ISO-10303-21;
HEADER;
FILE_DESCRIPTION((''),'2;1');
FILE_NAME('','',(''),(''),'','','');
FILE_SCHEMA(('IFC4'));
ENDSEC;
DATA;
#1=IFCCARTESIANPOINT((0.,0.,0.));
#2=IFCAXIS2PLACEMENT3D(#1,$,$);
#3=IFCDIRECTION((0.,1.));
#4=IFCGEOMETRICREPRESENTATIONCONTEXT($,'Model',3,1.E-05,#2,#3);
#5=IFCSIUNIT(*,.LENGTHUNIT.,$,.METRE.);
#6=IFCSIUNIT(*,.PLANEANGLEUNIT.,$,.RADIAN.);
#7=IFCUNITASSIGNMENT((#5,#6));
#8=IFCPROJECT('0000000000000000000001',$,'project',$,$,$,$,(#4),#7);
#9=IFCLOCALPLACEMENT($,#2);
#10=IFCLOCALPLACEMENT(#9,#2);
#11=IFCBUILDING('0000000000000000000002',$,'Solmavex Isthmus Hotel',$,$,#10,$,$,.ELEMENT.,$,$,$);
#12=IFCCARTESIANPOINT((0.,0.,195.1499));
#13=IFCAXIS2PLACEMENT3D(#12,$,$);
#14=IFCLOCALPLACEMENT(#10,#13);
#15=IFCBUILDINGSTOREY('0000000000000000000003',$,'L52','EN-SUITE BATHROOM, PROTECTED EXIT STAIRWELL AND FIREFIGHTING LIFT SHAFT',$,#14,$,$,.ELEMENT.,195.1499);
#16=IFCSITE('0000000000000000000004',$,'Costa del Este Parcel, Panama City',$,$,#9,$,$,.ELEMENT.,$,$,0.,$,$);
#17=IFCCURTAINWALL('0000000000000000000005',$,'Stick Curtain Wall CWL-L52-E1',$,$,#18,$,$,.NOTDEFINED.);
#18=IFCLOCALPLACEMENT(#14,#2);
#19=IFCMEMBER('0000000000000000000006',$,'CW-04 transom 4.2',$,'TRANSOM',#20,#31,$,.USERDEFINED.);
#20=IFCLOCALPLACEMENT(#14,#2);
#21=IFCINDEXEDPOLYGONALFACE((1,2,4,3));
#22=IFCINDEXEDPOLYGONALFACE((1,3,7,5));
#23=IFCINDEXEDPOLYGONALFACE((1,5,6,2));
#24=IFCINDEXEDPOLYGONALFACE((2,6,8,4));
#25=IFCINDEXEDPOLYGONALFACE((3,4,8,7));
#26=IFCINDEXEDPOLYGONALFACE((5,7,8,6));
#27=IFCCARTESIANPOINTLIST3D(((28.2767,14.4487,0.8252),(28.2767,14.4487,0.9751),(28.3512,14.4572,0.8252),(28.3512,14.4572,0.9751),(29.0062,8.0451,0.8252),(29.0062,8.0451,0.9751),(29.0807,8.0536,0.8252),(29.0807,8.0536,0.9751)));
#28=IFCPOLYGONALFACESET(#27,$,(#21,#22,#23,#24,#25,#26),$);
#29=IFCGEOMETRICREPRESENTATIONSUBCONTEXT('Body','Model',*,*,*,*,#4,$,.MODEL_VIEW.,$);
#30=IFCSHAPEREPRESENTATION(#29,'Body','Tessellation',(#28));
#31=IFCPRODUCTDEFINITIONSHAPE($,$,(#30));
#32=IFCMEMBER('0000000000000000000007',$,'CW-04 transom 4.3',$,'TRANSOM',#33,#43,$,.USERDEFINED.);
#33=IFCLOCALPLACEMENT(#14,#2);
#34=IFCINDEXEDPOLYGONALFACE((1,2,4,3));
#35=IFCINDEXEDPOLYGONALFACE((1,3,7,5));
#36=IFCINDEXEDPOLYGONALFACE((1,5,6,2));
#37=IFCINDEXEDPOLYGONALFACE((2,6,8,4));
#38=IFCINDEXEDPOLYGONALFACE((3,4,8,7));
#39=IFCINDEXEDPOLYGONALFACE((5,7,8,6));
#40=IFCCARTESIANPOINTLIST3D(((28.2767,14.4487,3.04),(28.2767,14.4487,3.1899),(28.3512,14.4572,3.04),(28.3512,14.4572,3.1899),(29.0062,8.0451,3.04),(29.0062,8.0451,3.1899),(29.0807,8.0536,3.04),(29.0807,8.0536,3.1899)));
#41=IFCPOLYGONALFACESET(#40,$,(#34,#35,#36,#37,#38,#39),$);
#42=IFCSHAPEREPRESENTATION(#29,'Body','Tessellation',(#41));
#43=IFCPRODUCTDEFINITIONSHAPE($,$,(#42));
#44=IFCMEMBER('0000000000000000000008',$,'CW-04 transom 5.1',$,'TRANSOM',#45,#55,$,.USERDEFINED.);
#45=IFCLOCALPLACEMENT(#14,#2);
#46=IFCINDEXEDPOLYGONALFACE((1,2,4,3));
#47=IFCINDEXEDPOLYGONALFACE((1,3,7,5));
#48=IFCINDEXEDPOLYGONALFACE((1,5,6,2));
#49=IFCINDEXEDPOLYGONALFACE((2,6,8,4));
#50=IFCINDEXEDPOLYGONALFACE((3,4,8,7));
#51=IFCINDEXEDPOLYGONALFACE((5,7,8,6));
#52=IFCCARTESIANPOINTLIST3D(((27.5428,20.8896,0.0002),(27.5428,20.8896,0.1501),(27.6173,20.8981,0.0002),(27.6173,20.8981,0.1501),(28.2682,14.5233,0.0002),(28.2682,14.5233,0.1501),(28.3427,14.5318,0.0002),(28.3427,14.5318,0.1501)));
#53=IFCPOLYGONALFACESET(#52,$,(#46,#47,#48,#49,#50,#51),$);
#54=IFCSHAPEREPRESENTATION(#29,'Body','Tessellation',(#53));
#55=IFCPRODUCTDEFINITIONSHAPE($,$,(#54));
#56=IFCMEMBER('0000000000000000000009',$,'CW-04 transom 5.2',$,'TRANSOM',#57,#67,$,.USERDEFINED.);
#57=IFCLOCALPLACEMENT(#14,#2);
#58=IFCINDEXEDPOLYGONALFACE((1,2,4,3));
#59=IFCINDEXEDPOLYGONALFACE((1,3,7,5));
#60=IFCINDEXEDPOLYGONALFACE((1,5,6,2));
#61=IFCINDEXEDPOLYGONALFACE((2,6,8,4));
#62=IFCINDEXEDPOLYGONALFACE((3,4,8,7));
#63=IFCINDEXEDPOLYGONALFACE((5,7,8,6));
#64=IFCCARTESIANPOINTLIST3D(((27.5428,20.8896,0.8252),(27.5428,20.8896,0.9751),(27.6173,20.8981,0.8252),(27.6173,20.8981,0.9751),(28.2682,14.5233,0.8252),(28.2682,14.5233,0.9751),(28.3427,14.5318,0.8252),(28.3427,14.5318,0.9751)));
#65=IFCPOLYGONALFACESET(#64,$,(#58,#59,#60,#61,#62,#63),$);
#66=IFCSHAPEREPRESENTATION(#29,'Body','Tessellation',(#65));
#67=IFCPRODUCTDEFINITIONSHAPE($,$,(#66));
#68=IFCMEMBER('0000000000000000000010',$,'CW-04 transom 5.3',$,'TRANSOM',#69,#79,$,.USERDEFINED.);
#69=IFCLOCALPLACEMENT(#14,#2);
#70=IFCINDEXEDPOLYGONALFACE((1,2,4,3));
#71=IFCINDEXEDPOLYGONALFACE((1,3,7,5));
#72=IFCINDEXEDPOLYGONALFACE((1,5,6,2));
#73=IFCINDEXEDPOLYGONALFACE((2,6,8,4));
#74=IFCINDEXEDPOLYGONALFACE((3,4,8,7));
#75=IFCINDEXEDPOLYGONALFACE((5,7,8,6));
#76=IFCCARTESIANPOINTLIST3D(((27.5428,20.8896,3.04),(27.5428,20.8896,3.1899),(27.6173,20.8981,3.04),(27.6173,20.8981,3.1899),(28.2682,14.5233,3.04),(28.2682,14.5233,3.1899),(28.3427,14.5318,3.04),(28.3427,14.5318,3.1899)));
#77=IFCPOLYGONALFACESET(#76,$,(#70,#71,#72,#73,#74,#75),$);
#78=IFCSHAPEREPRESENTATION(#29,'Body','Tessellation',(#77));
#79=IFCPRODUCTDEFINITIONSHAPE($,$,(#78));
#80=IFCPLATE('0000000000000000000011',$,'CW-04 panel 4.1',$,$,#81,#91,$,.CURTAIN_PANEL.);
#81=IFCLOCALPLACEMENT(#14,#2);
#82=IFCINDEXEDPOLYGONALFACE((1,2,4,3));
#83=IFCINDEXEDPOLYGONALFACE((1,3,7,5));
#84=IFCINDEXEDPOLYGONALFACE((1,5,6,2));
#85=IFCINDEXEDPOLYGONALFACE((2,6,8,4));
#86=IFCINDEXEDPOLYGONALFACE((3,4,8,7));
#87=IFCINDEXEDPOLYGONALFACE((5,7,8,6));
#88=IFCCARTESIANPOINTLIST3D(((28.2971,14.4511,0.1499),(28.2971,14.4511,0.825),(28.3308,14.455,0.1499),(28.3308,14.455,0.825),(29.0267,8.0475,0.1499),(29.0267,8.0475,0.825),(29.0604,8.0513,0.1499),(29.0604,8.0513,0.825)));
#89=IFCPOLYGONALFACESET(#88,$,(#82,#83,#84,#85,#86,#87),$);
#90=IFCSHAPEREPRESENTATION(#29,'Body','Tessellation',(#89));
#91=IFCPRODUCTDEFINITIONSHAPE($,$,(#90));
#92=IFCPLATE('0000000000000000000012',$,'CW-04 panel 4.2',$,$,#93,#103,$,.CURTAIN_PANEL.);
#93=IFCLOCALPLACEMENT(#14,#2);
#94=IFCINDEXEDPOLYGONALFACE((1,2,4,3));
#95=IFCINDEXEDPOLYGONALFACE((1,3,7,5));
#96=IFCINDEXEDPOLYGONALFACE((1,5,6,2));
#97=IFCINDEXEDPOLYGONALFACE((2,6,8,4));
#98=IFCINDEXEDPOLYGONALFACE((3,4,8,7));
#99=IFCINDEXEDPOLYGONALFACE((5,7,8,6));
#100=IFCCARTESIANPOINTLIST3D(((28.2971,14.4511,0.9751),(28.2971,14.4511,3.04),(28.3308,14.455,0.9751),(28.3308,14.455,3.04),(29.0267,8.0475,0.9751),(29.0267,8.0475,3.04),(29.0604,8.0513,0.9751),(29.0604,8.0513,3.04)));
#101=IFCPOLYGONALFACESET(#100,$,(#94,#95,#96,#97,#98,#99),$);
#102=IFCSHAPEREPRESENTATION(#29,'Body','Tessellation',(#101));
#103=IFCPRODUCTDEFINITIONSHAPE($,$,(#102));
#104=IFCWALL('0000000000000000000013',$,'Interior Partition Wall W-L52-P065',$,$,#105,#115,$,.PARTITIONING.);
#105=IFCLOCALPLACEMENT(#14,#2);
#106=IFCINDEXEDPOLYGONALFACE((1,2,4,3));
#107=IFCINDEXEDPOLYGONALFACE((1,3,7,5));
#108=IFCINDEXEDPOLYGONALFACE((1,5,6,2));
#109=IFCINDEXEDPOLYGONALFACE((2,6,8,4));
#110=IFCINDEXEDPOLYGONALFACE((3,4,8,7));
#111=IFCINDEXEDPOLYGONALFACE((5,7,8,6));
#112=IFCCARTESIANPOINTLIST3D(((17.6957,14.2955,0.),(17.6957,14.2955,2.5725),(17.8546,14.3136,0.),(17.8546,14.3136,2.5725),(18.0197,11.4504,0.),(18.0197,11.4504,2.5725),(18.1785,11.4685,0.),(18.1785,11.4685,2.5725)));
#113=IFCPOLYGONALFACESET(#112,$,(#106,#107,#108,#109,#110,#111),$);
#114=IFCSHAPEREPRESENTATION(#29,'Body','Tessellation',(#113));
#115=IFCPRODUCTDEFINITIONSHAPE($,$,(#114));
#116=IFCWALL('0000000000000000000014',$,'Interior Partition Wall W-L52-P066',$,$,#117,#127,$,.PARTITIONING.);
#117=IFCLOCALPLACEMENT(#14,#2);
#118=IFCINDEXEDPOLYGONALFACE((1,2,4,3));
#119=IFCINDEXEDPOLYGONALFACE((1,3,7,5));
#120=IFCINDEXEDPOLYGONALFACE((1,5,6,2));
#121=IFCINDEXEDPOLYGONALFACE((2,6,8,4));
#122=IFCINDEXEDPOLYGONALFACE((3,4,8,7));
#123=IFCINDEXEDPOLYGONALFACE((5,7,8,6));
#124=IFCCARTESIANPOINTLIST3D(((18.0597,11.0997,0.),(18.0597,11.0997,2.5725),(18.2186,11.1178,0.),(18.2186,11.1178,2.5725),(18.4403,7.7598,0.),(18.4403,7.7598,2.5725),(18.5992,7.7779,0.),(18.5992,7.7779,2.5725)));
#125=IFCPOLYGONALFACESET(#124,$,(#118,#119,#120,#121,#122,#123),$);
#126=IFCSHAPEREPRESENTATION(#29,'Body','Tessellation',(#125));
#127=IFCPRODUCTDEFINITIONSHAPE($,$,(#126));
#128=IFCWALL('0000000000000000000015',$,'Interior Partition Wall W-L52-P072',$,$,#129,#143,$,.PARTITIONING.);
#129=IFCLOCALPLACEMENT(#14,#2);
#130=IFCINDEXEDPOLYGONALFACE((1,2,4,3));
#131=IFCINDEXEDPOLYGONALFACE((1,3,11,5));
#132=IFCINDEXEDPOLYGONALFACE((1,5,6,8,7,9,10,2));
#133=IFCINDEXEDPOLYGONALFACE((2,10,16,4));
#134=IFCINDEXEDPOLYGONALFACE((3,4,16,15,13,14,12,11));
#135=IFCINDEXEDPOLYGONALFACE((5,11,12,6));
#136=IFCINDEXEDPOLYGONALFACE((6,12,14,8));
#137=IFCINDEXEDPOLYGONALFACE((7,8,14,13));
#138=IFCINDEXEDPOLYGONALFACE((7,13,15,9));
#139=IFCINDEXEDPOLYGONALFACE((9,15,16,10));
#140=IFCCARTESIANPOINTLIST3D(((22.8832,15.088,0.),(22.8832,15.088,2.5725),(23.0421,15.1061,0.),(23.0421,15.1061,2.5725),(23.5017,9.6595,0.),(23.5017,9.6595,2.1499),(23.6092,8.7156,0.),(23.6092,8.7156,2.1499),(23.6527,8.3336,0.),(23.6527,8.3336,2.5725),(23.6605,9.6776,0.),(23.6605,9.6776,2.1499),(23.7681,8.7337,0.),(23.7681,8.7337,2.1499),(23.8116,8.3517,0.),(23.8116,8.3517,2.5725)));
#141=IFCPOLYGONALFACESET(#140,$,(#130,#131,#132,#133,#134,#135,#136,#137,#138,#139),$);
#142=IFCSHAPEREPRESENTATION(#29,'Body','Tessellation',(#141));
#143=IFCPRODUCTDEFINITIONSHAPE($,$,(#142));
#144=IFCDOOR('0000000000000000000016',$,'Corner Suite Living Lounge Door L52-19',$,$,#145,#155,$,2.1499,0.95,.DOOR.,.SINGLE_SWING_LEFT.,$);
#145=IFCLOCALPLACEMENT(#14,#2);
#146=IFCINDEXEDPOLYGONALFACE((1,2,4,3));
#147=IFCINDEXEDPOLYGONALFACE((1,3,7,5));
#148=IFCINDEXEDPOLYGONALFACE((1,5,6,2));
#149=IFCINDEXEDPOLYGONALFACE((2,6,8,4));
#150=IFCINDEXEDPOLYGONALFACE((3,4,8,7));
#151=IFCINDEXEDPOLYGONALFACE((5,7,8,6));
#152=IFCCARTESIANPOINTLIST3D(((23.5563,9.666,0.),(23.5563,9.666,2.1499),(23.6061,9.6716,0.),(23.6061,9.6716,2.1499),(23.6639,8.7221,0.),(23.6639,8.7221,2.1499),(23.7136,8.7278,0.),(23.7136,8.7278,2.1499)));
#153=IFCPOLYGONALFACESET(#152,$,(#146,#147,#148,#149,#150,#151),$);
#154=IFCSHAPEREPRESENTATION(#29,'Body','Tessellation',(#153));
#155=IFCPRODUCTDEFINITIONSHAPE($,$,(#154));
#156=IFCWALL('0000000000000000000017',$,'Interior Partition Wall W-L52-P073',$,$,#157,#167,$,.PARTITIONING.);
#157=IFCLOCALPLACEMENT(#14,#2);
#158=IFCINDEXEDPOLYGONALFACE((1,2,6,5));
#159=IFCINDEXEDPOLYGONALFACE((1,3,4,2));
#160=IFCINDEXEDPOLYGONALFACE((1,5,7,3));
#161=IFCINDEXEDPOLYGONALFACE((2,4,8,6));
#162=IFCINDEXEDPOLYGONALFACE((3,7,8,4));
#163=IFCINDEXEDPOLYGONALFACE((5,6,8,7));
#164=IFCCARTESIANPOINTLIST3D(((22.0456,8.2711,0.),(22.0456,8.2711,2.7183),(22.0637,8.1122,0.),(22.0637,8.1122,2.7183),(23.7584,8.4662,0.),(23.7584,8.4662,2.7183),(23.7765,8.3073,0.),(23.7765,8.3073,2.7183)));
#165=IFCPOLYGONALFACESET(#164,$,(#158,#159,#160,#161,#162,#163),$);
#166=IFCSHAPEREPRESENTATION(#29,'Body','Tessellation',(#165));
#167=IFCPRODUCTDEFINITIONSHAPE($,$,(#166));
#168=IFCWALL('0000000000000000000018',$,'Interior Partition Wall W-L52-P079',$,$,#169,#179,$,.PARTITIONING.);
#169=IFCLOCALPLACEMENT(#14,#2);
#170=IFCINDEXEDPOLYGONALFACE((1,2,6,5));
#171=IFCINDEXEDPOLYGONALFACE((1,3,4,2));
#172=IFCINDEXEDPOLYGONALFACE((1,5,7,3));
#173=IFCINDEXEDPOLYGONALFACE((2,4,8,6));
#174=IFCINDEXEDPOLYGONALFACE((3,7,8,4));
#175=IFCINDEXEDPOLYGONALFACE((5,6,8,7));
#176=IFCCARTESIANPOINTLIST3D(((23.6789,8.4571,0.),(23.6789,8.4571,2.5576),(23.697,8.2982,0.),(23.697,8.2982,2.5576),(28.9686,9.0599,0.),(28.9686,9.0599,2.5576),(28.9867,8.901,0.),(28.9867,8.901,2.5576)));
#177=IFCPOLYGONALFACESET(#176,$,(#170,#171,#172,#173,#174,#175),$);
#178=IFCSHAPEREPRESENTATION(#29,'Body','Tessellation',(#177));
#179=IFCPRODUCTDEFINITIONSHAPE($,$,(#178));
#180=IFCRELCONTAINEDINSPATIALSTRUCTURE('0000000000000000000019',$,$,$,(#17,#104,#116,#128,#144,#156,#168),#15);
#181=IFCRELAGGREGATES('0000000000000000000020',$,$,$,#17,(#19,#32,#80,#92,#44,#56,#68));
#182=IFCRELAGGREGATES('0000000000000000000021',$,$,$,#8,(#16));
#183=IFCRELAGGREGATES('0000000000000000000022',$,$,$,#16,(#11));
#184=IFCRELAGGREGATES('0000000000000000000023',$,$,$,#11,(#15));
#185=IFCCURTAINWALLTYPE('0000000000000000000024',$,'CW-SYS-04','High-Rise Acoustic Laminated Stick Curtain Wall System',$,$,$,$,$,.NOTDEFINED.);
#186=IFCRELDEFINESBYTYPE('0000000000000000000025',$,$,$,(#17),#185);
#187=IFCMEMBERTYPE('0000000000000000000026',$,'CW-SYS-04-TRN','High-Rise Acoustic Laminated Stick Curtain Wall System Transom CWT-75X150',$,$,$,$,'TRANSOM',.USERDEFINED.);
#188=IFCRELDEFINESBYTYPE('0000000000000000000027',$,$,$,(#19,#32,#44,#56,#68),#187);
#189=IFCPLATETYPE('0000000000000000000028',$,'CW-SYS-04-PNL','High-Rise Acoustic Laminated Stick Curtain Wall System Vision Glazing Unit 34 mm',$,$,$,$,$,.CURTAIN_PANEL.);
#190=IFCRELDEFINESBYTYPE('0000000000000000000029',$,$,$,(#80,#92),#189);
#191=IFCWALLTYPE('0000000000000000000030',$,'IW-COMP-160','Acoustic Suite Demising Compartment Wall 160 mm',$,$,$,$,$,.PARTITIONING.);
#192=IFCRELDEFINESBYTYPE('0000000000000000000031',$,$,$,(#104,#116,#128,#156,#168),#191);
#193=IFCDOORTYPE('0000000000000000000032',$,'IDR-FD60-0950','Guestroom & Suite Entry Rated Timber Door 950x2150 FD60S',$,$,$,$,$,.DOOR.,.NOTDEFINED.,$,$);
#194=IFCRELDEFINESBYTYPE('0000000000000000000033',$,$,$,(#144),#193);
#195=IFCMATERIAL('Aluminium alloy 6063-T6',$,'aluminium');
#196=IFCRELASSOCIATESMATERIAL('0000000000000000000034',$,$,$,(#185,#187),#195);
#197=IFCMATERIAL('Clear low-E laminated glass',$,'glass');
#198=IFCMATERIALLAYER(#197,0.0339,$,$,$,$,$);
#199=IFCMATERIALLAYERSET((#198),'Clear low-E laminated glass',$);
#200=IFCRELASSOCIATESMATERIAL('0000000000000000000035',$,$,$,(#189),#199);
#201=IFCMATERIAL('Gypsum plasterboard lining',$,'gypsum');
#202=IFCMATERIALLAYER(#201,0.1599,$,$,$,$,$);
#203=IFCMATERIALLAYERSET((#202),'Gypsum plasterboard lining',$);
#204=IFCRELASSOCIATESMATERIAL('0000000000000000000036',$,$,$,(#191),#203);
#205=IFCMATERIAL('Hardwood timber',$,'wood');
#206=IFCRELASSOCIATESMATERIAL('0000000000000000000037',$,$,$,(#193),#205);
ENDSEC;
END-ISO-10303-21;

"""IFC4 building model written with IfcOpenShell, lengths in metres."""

from ifc_helpers import new_model, si_unit, direction, frame, frame_2d, origin, origin_2d, place, context, subcontext, project, spatial, rectangle, extrude, material, layer, layer_set, material_profile, profile_set, type_object, element, fill, aggregate, save


model = new_model("IFC4")

# Units and contexts
model_context = context("Model", 3, precision=1e-05, world=origin(), true_north=direction((0.0, 1.0)))
body_context = subcontext(model_context, "Body", "Model", "MODEL_VIEW")
ifc_project = project(units=[si_unit("LENGTHUNIT", "METRE"), si_unit("PLANEANGLEUNIT", "RADIAN")], contexts=[model_context])

# Site, building, storey
site_placement = place(None, origin())
site = spatial("IfcSite", under=ifc_project, at=site_placement, Name="Costa del Este Parcel, Panama City", CompositionType="ELEMENT", RefElevation=0.0)
building_placement = place(site_placement, origin())
building = spatial("IfcBuilding", under=site, at=building_placement, Name="Solmavex Isthmus Hotel", CompositionType="ELEMENT")
storey_placement = place(building_placement, frame((0.0, 0.0, 195.1499)))
storey = spatial("IfcBuildingStorey", under=building, at=storey_placement, Name="L52", Description="EN-SUITE BATHROOM, PROTECTED EXIT STAIRWELL AND FIREFIGHTING LIFT SHAFT", CompositionType="ELEMENT", Elevation=195.1499)

# Curtain wall, members, plates
ifc_material_1 = material(Name="Aluminium alloy 6063-T6", Category="aluminium")
curtain_wall_type = type_object("IfcCurtainWallType", Name="CW-SYS-04", Description="High-Rise Acoustic Laminated Stick Curtain Wall System", PredefinedType="NOTDEFINED", material=ifc_material_1)
curtain_wall_placement = place(storey_placement, origin())
curtain_wall = element("IfcCurtainWall", 1, at=curtain_wall_placement, inside=storey, type_object=curtain_wall_type, Name="Stick Curtain Wall CWL-L52-E1", PredefinedType="NOTDEFINED")
ifc_material_profile_1 = material_profile(ifc_material_1, rectangle(XDim=0.075, YDim=0.1499, at=origin_2d()), Name="CWT-75X150")
ifc_profile_set_1 = profile_set([ifc_material_profile_1], Name="Aluminium alloy 6063-T6")
member_type_1 = type_object("IfcMemberType", Name="CW-SYS-04-TRN", Description="High-Rise Acoustic Laminated Stick Curtain Wall System Transom CWT-75X150", ElementType="TRANSOM", PredefinedType="USERDEFINED", material=ifc_profile_set_1)
member_1_placement = place(storey_placement, frame((29.0435, 8.0493, 0.9001), z_axis=(-0.113188, 0.993574, 0.0), x_axis=(-0.993574, -0.113188, 0.0)))
member_1 = element("IfcMember", 2, at=member_1_placement, type_object=member_type_1, Name="CW-04 transom 4.2", ObjectType="TRANSOM", PredefinedType="USERDEFINED", context=body_context, shape_type="SweptSolid", body=[
    extrude(rectangle(XDim=0.075, YDim=0.1499, at=origin_2d()), origin(), (0.0, 0.0, 1.0), 6.4451),
])
member_2_placement = place(storey_placement, frame((29.0435, 8.0493, 3.115), z_axis=(-0.113188, 0.993574, 0.0), x_axis=(-0.993574, -0.113188, 0.0)))
member_2 = element("IfcMember", 3, at=member_2_placement, type_object=member_type_1, Name="CW-04 transom 4.3", ObjectType="TRANSOM", PredefinedType="USERDEFINED", context=body_context, shape_type="SweptSolid", body=[
    extrude(rectangle(XDim=0.075, YDim=0.1499, at=origin_2d()), origin(), (0.0, 0.0, 1.0), 6.4451),
])
member_3_placement = place(storey_placement, frame((28.3054, 14.5276, 0.0752), z_axis=(-0.113204, 0.993572, 0.0), x_axis=(-0.993572, -0.113204, 0.0)))
member_3 = element("IfcMember", 4, at=member_3_placement, type_object=member_type_1, Name="CW-04 transom 5.1", ObjectType="TRANSOM", PredefinedType="USERDEFINED", context=body_context, shape_type="SweptSolid", body=[
    extrude(rectangle(XDim=0.075, YDim=0.1499, at=origin_2d()), origin(), (0.0, 0.0, 1.0), 6.4075),
])
member_4_placement = place(storey_placement, frame((28.3054, 14.5276, 0.9001), z_axis=(-0.113204, 0.993572, 0.0), x_axis=(-0.993572, -0.113204, 0.0)))
member_4 = element("IfcMember", 5, at=member_4_placement, type_object=member_type_1, Name="CW-04 transom 5.2", ObjectType="TRANSOM", PredefinedType="USERDEFINED", context=body_context, shape_type="SweptSolid", body=[
    extrude(rectangle(XDim=0.075, YDim=0.1499, at=origin_2d()), origin(), (0.0, 0.0, 1.0), 6.4075),
])
member_5_placement = place(storey_placement, frame((28.3054, 14.5276, 3.115), z_axis=(-0.113204, 0.993572, 0.0), x_axis=(-0.993572, -0.113204, 0.0)))
member_5 = element("IfcMember", 6, at=member_5_placement, type_object=member_type_1, Name="CW-04 transom 5.3", ObjectType="TRANSOM", PredefinedType="USERDEFINED", context=body_context, shape_type="SweptSolid", body=[
    extrude(rectangle(XDim=0.075, YDim=0.1499, at=origin_2d()), origin(), (0.0, 0.0, 1.0), 6.4075),
])
ifc_material_2 = material(Name="Clear low-E laminated glass", Category="glass")
ifc_layer_1 = layer(ifc_material_2, 0.0339)
ifc_layer_set_1 = layer_set([ifc_layer_1], Name="Clear low-E laminated glass")
plate_type = type_object("IfcPlateType", Name="CW-SYS-04-PNL", Description="High-Rise Acoustic Laminated Stick Curtain Wall System Vision Glazing Unit 34 mm", PredefinedType="CURTAIN_PANEL", material=ifc_layer_set_1)
plate_1_placement = place(storey_placement, frame((28.6787, 11.2512, 0.1499), z_axis=(0.0, 0.0, 1.0), x_axis=(-0.113203, 0.993572, 0.0)))
plate_1 = element("IfcPlate", 7, at=plate_1_placement, type_object=plate_type, Name="CW-04 panel 4.1", PredefinedType="CURTAIN_PANEL", context=body_context, shape_type="SweptSolid", body=[
    extrude(rectangle(XDim=6.4451, YDim=0.0339, at=origin_2d()), origin(), (0.0, 0.0, 1.0), 0.675),
])
plate_2_placement = place(storey_placement, frame((28.6787, 11.2512, 0.9751), z_axis=(0.0, 0.0, 1.0), x_axis=(-0.113203, 0.993572, 0.0)))
plate_2 = element("IfcPlate", 8, at=plate_2_placement, type_object=plate_type, Name="CW-04 panel 4.2", PredefinedType="CURTAIN_PANEL", context=body_context, shape_type="SweptSolid", body=[
    extrude(rectangle(XDim=6.4451, YDim=0.0339, at=origin_2d()), origin(), (0.0, 0.0, 1.0), 2.0649),
])
aggregate(curtain_wall, [member_1, member_2, plate_1, plate_2, member_3, member_4, member_5])

# Walls
ifc_material_3 = material(Name="Gypsum plasterboard lining", Category="gypsum")
ifc_layer_2 = layer(ifc_material_3, 0.1599)
ifc_layer_set_2 = layer_set([ifc_layer_2], Name="Gypsum plasterboard lining")
wall_type_1 = type_object("IfcWallType", Name="IW-COMP-160", Description="Acoustic Suite Demising Compartment Wall 160 mm", PredefinedType="PARTITIONING", material=ifc_layer_set_2)
wall_1_placement = place(storey_placement, frame((17.7751, 14.3044, 0.0), z_axis=(0.0, 0.0, 1.0), x_axis=(0.113135, -0.99358, 0.0)))
element("IfcWall", 9, at=wall_1_placement, inside=storey, type_object=wall_type_1, Name="Interior Partition Wall W-L52-P065", PredefinedType="PARTITIONING", context=body_context, shape_type="SweptSolid", body=[
    extrude(rectangle(XDim=2.8635, YDim=0.1599, at=frame_2d((1.4316, 0.0))), origin(), (0.0, 0.0, 1.0), 2.5725),
])
wall_2_placement = place(storey_placement, frame((18.1392, 11.1086, 0.0), z_axis=(0.0, 0.0, 1.0), x_axis=(0.113229, -0.993569, 0.0)))
element("IfcWall", 10, at=wall_2_placement, inside=storey, type_object=wall_type_1, Name="Interior Partition Wall W-L52-P066", PredefinedType="PARTITIONING", context=body_context, shape_type="SweptSolid", body=[
    extrude(rectangle(XDim=3.3616, YDim=0.1599, at=frame_2d((1.6807, 0.0))), origin(), (0.0, 0.0, 1.0), 2.5725),
])

# Wall, opening, door
ifc_material_4 = material(Name="Hardwood timber", Category="wood")
door_type_1 = type_object("IfcDoorType", Name="IDR-FD60-0950", Description="Guestroom & Suite Entry Rated Timber Door 950x2150 FD60S", OperationType="NOTDEFINED", PredefinedType="DOOR", material=ifc_material_4)
wall_3_placement = place(storey_placement, frame((22.9626, 15.0969, 0.0), z_axis=(0.0, 0.0, 1.0), x_axis=(0.113198, -0.993572, 0.0)))
wall_3 = element("IfcWall", 11, at=wall_3_placement, inside=storey, type_object=wall_type_1, Name="Interior Partition Wall W-L52-P072", PredefinedType="PARTITIONING", context=body_context, shape_type="SweptSolid", body=[
    extrude(rectangle(XDim=6.7981, YDim=0.1599, at=frame_2d((3.3989, 0.0))), origin(), (0.0, 0.0, 1.0), 2.5725),
])
opening_1_placement = place(wall_3_placement, frame((5.4634, 0.0, 0.0)))
opening_1 = element("IfcOpeningElement", 12, at=opening_1_placement, cuts=wall_3, PredefinedType="OPENING", context=body_context, shape_type="SweptSolid", body=[
    extrude(rectangle(XDim=0.95, YDim=2.1499, at=frame_2d((0.4751, 1.075))), frame((0.0, 0.0898, 0.0), z_axis=(0.0, -1.0, 0.0), x_axis=(1.0, 0.0, 0.0)), (0.0, 0.0, 1.0), 0.1799),
])
door_1_placement = place(opening_1_placement, frame((0.95, 0.0, 0.0), z_axis=(0.0, 0.0, 1.0), x_axis=(-1.0, 0.0, 0.0)))
door_1 = element("IfcDoor", 13, at=door_1_placement, inside=storey, type_object=door_type_1, Name="Corner Suite Living Lounge Door L52-19", OperationType="SINGLE_SWING_LEFT", OverallHeight=2.1499, OverallWidth=0.95, PredefinedType="DOOR", context=body_context, shape_type="SweptSolid", body=[
    extrude(rectangle(XDim=0.95, YDim=2.1499, at=frame_2d((0.4751, 1.075))), frame((0.0, 0.0249, 0.0), z_axis=(0.0, -1.0, 0.0), x_axis=(1.0, 0.0, 0.0)), (0.0, 0.0, 1.0), 0.05),
])
fill(opening_1, door_1)

# Walls
wall_4_placement = place(storey_placement, frame((23.7673, 8.3867, 0.0), z_axis=(0.0, 0.0, 1.0), x_axis=(-0.993578, -0.113151, 0.0)))
element("IfcWall", 14, at=wall_4_placement, inside=storey, type_object=wall_type_1, Name="Interior Partition Wall W-L52-P073", PredefinedType="PARTITIONING", context=body_context, shape_type="SweptSolid", body=[
    extrude(rectangle(XDim=1.7239, YDim=0.1599, at=frame_2d((0.8618, 0.0))), origin(), (0.0, 0.0, 1.0), 2.7183),
])
wall_5_placement = place(storey_placement, frame((28.9778, 8.9805, 0.0), z_axis=(0.0, 0.0, 1.0), x_axis=(-0.99357, -0.113219, 0.0)))
element("IfcWall", 15, at=wall_5_placement, inside=storey, type_object=wall_type_1, Name="Interior Partition Wall W-L52-P079", PredefinedType="PARTITIONING", context=body_context, shape_type="SweptSolid", body=[
    extrude(rectangle(XDim=5.324, YDim=0.1599, at=frame_2d((2.6621, 0.0))), origin(), (0.0, 0.0, 1.0), 2.5576),
])

save(model, "model.ifc")
